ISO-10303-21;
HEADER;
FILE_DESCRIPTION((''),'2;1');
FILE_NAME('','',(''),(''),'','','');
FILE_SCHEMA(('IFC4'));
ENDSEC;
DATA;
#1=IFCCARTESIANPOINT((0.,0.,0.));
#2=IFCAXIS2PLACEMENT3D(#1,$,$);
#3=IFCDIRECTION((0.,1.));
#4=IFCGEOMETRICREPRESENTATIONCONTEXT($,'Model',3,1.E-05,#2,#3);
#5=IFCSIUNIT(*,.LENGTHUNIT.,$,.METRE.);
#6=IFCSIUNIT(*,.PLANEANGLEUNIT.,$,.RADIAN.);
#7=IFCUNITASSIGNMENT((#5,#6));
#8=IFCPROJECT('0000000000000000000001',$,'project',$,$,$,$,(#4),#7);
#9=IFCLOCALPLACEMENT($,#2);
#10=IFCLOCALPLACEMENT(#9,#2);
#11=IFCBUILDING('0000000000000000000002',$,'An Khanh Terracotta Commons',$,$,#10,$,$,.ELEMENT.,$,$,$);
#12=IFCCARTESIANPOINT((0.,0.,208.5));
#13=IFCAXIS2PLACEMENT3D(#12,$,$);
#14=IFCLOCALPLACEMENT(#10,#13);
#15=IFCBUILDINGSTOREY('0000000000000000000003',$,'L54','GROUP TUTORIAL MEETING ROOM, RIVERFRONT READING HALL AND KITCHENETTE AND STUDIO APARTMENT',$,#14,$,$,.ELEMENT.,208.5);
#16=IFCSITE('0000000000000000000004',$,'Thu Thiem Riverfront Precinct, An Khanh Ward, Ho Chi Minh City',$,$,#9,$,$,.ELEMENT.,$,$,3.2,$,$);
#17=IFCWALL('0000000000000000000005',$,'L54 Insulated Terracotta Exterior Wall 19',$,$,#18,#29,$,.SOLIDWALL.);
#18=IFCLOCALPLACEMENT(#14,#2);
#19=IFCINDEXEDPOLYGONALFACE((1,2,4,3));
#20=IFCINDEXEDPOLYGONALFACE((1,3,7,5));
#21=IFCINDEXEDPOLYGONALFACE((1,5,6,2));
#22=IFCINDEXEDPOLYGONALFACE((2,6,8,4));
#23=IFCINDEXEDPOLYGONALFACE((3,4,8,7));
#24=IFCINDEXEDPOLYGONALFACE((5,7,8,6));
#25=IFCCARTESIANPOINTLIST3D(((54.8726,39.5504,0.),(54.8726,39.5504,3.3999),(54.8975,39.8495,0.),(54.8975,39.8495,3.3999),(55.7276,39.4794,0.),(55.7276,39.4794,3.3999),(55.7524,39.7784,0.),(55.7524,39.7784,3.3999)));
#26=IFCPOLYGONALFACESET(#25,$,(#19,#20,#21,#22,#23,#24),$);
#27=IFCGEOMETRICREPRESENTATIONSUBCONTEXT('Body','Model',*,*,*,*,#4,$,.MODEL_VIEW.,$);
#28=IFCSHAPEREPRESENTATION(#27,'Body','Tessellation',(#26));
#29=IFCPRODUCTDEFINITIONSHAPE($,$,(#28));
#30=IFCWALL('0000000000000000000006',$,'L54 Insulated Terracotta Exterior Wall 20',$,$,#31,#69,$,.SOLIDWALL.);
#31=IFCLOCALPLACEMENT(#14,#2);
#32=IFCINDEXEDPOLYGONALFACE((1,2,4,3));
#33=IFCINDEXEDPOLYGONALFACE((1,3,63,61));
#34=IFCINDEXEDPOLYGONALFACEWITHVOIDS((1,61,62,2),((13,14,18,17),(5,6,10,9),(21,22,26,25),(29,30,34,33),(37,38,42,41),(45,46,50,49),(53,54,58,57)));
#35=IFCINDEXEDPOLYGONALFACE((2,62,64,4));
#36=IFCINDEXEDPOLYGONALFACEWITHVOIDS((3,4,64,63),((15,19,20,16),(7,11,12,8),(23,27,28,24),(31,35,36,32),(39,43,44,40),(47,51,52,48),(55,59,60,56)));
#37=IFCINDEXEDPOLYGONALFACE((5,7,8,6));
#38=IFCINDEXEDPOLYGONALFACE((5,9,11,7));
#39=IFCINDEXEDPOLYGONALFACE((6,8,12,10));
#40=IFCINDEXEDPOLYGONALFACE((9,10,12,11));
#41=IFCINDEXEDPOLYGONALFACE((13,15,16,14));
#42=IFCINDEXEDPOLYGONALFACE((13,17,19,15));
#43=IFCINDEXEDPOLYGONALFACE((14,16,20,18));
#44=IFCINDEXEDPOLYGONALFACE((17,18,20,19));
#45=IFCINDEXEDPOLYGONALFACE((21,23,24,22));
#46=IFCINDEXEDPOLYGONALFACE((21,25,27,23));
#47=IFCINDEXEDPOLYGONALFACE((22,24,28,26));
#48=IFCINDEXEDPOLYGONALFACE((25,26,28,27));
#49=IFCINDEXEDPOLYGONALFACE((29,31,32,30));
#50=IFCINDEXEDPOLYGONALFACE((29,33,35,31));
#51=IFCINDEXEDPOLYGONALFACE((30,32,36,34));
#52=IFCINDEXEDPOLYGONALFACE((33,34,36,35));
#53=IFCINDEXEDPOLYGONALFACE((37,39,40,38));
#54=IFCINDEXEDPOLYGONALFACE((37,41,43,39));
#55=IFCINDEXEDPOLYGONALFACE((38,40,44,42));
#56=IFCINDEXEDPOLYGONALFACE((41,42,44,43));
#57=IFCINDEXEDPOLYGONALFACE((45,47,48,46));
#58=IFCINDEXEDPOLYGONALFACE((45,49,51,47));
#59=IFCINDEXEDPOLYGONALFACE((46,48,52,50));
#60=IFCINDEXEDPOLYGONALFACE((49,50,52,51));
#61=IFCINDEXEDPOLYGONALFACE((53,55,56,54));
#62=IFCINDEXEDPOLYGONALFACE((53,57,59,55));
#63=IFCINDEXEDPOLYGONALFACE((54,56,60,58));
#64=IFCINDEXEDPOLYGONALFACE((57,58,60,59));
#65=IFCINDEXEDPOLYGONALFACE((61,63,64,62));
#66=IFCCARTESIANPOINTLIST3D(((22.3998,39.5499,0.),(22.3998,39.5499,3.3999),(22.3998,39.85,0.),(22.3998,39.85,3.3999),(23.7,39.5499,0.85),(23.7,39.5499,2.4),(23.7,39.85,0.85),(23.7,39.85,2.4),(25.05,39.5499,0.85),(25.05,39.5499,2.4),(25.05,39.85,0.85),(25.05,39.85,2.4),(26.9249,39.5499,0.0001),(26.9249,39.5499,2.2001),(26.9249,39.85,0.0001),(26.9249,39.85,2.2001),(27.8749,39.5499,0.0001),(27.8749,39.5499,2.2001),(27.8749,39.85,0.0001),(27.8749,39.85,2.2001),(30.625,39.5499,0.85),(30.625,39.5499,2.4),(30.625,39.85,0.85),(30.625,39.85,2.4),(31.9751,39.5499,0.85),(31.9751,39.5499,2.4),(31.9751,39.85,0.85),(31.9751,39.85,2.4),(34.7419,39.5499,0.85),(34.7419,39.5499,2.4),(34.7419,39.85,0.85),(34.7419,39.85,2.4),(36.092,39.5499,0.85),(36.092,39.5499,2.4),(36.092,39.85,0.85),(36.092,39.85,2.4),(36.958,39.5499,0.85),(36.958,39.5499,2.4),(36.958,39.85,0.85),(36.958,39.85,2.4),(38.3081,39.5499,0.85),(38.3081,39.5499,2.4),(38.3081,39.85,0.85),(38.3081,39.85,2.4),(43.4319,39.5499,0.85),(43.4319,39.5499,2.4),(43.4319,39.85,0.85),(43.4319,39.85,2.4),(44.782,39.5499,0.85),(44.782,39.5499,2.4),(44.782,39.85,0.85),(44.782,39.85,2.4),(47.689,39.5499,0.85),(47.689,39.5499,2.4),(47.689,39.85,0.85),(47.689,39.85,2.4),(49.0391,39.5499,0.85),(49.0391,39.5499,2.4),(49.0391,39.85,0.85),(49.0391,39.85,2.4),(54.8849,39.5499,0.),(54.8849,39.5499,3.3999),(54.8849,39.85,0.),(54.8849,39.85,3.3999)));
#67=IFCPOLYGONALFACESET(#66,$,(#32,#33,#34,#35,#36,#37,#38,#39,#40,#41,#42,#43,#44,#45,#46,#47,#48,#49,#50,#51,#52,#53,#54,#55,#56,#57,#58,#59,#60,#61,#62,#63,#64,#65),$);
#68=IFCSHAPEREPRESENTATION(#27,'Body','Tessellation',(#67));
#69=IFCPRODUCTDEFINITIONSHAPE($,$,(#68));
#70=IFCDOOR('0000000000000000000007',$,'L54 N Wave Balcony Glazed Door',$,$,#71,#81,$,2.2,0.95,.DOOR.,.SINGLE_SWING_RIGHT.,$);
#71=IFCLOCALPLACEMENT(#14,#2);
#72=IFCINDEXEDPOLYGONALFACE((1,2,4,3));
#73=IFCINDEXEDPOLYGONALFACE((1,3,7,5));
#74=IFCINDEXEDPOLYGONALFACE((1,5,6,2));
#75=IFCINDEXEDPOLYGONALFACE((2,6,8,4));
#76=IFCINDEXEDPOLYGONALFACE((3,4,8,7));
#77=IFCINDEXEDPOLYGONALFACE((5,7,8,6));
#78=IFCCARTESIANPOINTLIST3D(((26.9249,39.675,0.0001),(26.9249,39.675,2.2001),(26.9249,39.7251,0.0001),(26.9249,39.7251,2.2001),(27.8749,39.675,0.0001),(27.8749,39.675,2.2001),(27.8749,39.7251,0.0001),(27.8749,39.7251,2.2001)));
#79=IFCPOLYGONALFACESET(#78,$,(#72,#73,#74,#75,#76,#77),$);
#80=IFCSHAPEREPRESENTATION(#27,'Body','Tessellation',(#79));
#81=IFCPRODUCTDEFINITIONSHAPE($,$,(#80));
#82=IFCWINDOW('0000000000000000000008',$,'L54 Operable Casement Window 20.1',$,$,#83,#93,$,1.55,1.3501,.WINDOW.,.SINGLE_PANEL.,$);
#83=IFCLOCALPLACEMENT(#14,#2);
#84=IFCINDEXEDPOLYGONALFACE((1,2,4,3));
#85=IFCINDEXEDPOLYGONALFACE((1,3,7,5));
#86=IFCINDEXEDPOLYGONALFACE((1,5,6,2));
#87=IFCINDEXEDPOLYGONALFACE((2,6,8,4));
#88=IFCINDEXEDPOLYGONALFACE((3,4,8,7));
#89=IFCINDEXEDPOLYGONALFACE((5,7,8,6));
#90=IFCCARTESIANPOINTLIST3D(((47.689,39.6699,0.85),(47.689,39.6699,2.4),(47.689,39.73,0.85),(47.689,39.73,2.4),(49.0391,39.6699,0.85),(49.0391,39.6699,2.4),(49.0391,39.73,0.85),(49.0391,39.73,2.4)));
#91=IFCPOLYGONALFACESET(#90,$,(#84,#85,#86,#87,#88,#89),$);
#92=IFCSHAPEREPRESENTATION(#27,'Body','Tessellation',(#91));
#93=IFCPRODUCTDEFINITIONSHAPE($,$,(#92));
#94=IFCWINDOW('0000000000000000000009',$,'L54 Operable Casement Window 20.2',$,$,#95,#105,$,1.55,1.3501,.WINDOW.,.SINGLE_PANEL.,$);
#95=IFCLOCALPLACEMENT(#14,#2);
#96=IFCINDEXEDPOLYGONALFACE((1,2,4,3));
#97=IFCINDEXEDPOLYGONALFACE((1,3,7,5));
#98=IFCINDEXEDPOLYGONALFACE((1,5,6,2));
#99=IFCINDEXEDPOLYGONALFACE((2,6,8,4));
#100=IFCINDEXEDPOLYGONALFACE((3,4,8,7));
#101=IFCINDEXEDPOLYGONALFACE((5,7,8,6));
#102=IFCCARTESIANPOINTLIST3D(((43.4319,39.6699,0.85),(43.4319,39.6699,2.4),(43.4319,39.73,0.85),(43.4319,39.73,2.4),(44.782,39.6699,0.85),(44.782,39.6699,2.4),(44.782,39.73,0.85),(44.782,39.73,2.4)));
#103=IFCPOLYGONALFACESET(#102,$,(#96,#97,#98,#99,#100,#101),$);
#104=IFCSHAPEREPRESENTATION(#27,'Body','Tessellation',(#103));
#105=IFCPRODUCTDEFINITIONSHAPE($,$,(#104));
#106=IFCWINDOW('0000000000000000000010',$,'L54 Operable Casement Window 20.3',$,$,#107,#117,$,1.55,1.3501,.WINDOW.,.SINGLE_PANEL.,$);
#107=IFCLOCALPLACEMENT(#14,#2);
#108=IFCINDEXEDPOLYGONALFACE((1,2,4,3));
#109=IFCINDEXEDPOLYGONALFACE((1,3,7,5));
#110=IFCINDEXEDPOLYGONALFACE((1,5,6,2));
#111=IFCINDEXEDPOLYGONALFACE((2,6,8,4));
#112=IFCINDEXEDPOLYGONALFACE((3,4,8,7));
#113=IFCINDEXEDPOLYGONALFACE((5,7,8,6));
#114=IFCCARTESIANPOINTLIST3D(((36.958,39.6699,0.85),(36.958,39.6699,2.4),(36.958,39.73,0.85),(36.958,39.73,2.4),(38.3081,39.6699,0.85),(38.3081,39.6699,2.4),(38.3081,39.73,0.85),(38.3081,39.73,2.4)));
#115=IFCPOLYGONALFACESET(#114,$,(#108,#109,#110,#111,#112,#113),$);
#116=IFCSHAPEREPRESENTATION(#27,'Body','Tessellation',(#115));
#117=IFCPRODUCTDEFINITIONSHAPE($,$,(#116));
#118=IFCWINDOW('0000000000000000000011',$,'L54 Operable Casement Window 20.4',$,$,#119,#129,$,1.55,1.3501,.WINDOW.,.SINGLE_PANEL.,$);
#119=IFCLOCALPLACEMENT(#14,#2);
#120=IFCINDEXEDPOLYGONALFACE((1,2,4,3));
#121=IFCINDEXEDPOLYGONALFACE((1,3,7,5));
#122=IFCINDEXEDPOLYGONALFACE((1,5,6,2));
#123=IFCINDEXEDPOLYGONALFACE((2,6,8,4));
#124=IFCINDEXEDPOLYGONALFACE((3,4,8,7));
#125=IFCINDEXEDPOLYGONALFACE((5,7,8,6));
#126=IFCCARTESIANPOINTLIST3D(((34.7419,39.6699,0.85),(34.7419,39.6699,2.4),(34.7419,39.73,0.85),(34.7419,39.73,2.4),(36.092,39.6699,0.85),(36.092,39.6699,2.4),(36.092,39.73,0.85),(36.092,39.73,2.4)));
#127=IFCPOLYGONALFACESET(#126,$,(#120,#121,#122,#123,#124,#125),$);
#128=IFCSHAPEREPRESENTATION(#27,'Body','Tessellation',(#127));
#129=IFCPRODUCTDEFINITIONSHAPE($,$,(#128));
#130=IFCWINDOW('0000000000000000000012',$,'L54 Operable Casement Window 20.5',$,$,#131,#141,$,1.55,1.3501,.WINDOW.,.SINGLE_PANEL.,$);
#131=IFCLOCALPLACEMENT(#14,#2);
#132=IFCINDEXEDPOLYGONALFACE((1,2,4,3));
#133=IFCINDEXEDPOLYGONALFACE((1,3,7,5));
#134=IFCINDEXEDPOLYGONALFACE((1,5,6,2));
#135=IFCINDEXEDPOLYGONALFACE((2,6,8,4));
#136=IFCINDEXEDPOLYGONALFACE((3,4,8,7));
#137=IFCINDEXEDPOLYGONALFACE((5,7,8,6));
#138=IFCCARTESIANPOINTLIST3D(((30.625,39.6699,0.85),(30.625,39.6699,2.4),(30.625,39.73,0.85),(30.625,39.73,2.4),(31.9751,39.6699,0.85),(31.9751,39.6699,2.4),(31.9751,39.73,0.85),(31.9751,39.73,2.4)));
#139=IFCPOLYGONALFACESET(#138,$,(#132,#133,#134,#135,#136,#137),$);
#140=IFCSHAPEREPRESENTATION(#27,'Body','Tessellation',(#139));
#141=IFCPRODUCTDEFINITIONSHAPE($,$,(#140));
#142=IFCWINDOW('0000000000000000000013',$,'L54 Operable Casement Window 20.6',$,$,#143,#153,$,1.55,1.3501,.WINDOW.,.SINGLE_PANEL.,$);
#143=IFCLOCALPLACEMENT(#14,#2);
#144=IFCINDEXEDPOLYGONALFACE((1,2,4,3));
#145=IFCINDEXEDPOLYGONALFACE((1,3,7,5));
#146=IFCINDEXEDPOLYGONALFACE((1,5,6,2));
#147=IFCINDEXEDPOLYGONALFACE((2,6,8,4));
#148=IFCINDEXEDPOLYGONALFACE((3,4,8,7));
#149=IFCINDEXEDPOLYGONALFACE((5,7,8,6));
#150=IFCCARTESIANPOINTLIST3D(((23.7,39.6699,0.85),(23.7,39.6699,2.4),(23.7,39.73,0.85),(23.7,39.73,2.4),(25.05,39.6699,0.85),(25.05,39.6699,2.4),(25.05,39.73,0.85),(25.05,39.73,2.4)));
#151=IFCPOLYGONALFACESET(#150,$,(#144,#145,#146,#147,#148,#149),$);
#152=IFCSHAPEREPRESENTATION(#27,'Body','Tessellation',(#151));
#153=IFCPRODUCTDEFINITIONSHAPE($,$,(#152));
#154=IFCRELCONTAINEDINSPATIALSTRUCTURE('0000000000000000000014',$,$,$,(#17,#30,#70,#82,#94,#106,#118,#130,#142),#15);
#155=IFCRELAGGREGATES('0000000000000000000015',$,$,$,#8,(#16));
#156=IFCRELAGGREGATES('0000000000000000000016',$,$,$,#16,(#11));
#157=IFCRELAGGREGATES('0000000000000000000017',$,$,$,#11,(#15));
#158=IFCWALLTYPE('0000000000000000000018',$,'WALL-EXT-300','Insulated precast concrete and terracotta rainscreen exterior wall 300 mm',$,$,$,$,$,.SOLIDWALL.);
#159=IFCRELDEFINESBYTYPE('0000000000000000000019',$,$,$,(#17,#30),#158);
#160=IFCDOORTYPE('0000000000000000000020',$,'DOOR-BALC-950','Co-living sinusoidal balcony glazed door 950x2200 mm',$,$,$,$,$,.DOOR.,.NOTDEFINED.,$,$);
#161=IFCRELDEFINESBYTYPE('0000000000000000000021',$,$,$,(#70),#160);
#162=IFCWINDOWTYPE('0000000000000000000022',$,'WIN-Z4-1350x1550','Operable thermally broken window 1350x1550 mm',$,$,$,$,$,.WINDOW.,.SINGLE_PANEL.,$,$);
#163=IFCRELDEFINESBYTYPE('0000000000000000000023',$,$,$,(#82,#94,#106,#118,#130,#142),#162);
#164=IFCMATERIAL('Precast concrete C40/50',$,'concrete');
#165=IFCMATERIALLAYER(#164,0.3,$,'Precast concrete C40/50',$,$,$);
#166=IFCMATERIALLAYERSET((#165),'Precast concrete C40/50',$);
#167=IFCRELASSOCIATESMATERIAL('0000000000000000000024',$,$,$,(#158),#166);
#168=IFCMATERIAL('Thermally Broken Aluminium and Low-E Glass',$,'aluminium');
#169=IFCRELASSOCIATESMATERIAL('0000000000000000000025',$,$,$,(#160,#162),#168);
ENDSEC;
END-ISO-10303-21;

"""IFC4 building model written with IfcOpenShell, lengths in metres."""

from ifc_helpers import new_model, si_unit, direction, frame, frame_2d, origin, place, context, subcontext, project, spatial, rectangle, extrude, material, layer, layer_set, type_object, element, fill, save


model = new_model("IFC4")

# Units and contexts
model_context = context("Model", 3, precision=1e-05, world=origin(), true_north=direction((0.0, 1.0)))
body_context = subcontext(model_context, "Body", "Model", "MODEL_VIEW")
ifc_project = project(units=[si_unit("LENGTHUNIT", "METRE"), si_unit("PLANEANGLEUNIT", "RADIAN")], contexts=[model_context])

# Site, building, storey
site_placement = place(None, origin())
site = spatial("IfcSite", under=ifc_project, at=site_placement, Name="Thu Thiem Riverfront Precinct, An Khanh Ward, Ho Chi Minh City", CompositionType="ELEMENT", RefElevation=3.2)
building_placement = place(site_placement, origin())
building = spatial("IfcBuilding", under=site, at=building_placement, Name="An Khanh Terracotta Commons", CompositionType="ELEMENT")
storey_placement = place(building_placement, frame((0.0, 0.0, 208.5)))
storey = spatial("IfcBuildingStorey", under=building, at=storey_placement, Name="L54", Description="GROUP TUTORIAL MEETING ROOM, RIVERFRONT READING HALL AND KITCHENETTE AND STUDIO APARTMENT", CompositionType="ELEMENT", Elevation=208.5)

# Wall
ifc_material_1 = material(Name="Precast concrete C40/50", Category="concrete")
ifc_layer_1 = layer(ifc_material_1, 0.3, Name="Precast concrete C40/50")
ifc_layer_set_1 = layer_set([ifc_layer_1], Name="Precast concrete C40/50")
wall_type = type_object("IfcWallType", Name="WALL-EXT-300", Description="Insulated precast concrete and terracotta rainscreen exterior wall 300 mm", PredefinedType="SOLIDWALL", material=ifc_layer_set_1)
wall_1_placement = place(storey_placement, frame((55.74, 39.6289, 0.0), z_axis=(0.0, 0.0, 1.0), x_axis=(-0.996565, 0.08281, 0.0)))
element("IfcWall", 1, at=wall_1_placement, inside=storey, type_object=wall_type, Name="L54 Insulated Terracotta Exterior Wall 19", PredefinedType="SOLIDWALL", context=body_context, shape_type="SweptSolid", body=[
    extrude(rectangle(XDim=0.8579, YDim=0.3, at=frame_2d((0.429, 0.0))), origin(), (0.0, 0.0, 1.0), 3.3999),
])

# Wall, openings, door, windows
wall_2_placement = place(storey_placement, frame((54.885, 39.7, 0.0), z_axis=(0.0, 0.0, 1.0), x_axis=(-1.0, 0.0, 0.0)))
wall_2 = element("IfcWall", 2, at=wall_2_placement, inside=storey, type_object=wall_type, Name="L54 Insulated Terracotta Exterior Wall 20", PredefinedType="SOLIDWALL", context=body_context, shape_type="SweptSolid", body=[
    extrude(rectangle(XDim=32.4851, YDim=0.3, at=frame_2d((16.2427, 0.0))), origin(), (0.0, 0.0, 1.0), 3.3999),
])
opening_1_placement = place(wall_2_placement, frame((27.01, 0.0, 0.0)))
opening_1 = element("IfcOpeningElement", 3, at=opening_1_placement, cuts=wall_2, PredefinedType="OPENING", context=body_context, shape_type="SweptSolid", body=[
    extrude(rectangle(XDim=0.95, YDim=2.2, at=frame_2d((0.4751, 1.1001))), frame((0.0, 0.1599, 0.0), z_axis=(0.0, -1.0, 0.0), x_axis=(1.0, 0.0, 0.0)), (0.0, 0.0, 1.0), 0.3201),
])
opening_2_placement = place(wall_2_placement, frame((5.8459, 0.0, 0.8501)))
opening_2 = element("IfcOpeningElement", 4, at=opening_2_placement, cuts=wall_2, PredefinedType="OPENING", context=body_context, shape_type="SweptSolid", body=[
    extrude(rectangle(XDim=1.3501, YDim=1.55, at=frame_2d((0.675, 0.7749))), frame((0.0, 0.1599, 0.0), z_axis=(0.0, -1.0, 0.0), x_axis=(1.0, 0.0, 0.0)), (0.0, 0.0, 1.0), 0.3201),
])
opening_3_placement = place(wall_2_placement, frame((10.103, 0.0, 0.8501)))
opening_3 = element("IfcOpeningElement", 5, at=opening_3_placement, cuts=wall_2, PredefinedType="OPENING", context=body_context, shape_type="SweptSolid", body=[
    extrude(rectangle(XDim=1.3501, YDim=1.55, at=frame_2d((0.675, 0.7749))), frame((0.0, 0.1599, 0.0), z_axis=(0.0, -1.0, 0.0), x_axis=(1.0, 0.0, 0.0)), (0.0, 0.0, 1.0), 0.3201),
])
opening_4_placement = place(wall_2_placement, frame((16.5769, 0.0, 0.8501)))
opening_4 = element("IfcOpeningElement", 6, at=opening_4_placement, cuts=wall_2, PredefinedType="OPENING", context=body_context, shape_type="SweptSolid", body=[
    extrude(rectangle(XDim=1.3501, YDim=1.55, at=frame_2d((0.675, 0.7749))), frame((0.0, 0.1599, 0.0), z_axis=(0.0, -1.0, 0.0), x_axis=(1.0, 0.0, 0.0)), (0.0, 0.0, 1.0), 0.3201),
])
opening_5_placement = place(wall_2_placement, frame((18.793, 0.0, 0.8501)))
opening_5 = element("IfcOpeningElement", 7, at=opening_5_placement, cuts=wall_2, PredefinedType="OPENING", context=body_context, shape_type="SweptSolid", body=[
    extrude(rectangle(XDim=1.3501, YDim=1.55, at=frame_2d((0.675, 0.7749))), frame((0.0, 0.1599, 0.0), z_axis=(0.0, -1.0, 0.0), x_axis=(1.0, 0.0, 0.0)), (0.0, 0.0, 1.0), 0.3201),
])
opening_6_placement = place(wall_2_placement, frame((22.9099, 0.0, 0.8501)))
opening_6 = element("IfcOpeningElement", 8, at=opening_6_placement, cuts=wall_2, PredefinedType="OPENING", context=body_context, shape_type="SweptSolid", body=[
    extrude(rectangle(XDim=1.3501, YDim=1.55, at=frame_2d((0.675, 0.7749))), frame((0.0, 0.1599, 0.0), z_axis=(0.0, -1.0, 0.0), x_axis=(1.0, 0.0, 0.0)), (0.0, 0.0, 1.0), 0.3201),
])
opening_7_placement = place(wall_2_placement, frame((29.835, 0.0, 0.8501)))
opening_7 = element("IfcOpeningElement", 9, at=opening_7_placement, cuts=wall_2, PredefinedType="OPENING", context=body_context, shape_type="SweptSolid", body=[
    extrude(rectangle(XDim=1.3501, YDim=1.55, at=frame_2d((0.675, 0.7749))), frame((0.0, 0.1599, 0.0), z_axis=(0.0, -1.0, 0.0), x_axis=(1.0, 0.0, 0.0)), (0.0, 0.0, 1.0), 0.3201),
])
ifc_material_2 = material(Name="Thermally Broken Aluminium and Low-E Glass", Category="aluminium")
door_type = type_object("IfcDoorType", Name="DOOR-BALC-950", Description="Co-living sinusoidal balcony glazed door 950x2200 mm", OperationType="NOTDEFINED", PredefinedType="DOOR", material=ifc_material_2)
door_placement = place(opening_1_placement, origin())
door = element("IfcDoor", 10, at=door_placement, inside=storey, type_object=door_type, Name="L54 N Wave Balcony Glazed Door", OperationType="SINGLE_SWING_RIGHT", OverallHeight=2.2, OverallWidth=0.95, PredefinedType="DOOR", context=body_context, shape_type="SweptSolid", body=[
    extrude(rectangle(XDim=0.95, YDim=2.2, at=frame_2d((0.4751, 1.1001))), frame((0.0, 0.0249, 0.0), z_axis=(0.0, -1.0, 0.0), x_axis=(1.0, 0.0, 0.0)), (0.0, 0.0, 1.0), 0.05),
])
fill(opening_1, door)
window_type = type_object("IfcWindowType", Name="WIN-Z4-1350x1550", Description="Operable thermally broken window 1350x1550 mm", PartitioningType="SINGLE_PANEL", PredefinedType="WINDOW", material=ifc_material_2)
window_1_placement = place(opening_2_placement, origin())
window_1 = element("IfcWindow", 11, at=window_1_placement, inside=storey, type_object=window_type, Name="L54 Operable Casement Window 20.1", OverallHeight=1.55, OverallWidth=1.3501, PartitioningType="SINGLE_PANEL", PredefinedType="WINDOW", context=body_context, shape_type="SweptSolid", body=[
    extrude(rectangle(XDim=1.3501, YDim=1.55, at=frame_2d((0.675, 0.7749))), frame((0.0, 0.03, 0.0), z_axis=(0.0, -1.0, 0.0), x_axis=(1.0, 0.0, 0.0)), (0.0, 0.0, 1.0), 0.0601),
])
fill(opening_2, window_1)
window_2_placement = place(opening_3_placement, origin())
window_2 = element("IfcWindow", 12, at=window_2_placement, inside=storey, type_object=window_type, Name="L54 Operable Casement Window 20.2", OverallHeight=1.55, OverallWidth=1.3501, PartitioningType="SINGLE_PANEL", PredefinedType="WINDOW", context=body_context, shape_type="SweptSolid", body=[
    extrude(rectangle(XDim=1.3501, YDim=1.55, at=frame_2d((0.675, 0.7749))), frame((0.0, 0.03, 0.0), z_axis=(0.0, -1.0, 0.0), x_axis=(1.0, 0.0, 0.0)), (0.0, 0.0, 1.0), 0.0601),
])
fill(opening_3, window_2)
window_3_placement = place(opening_4_placement, origin())
window_3 = element("IfcWindow", 13, at=window_3_placement, inside=storey, type_object=window_type, Name="L54 Operable Casement Window 20.3", OverallHeight=1.55, OverallWidth=1.3501, PartitioningType="SINGLE_PANEL", PredefinedType="WINDOW", context=body_context, shape_type="SweptSolid", body=[
    extrude(rectangle(XDim=1.3501, YDim=1.55, at=frame_2d((0.675, 0.7749))), frame((0.0, 0.03, 0.0), z_axis=(0.0, -1.0, 0.0), x_axis=(1.0, 0.0, 0.0)), (0.0, 0.0, 1.0), 0.0601),
])
fill(opening_4, window_3)
window_4_placement = place(opening_5_placement, origin())
window_4 = element("IfcWindow", 14, at=window_4_placement, inside=storey, type_object=window_type, Name="L54 Operable Casement Window 20.4", OverallHeight=1.55, OverallWidth=1.3501, PartitioningType="SINGLE_PANEL", PredefinedType="WINDOW", context=body_context, shape_type="SweptSolid", body=[
    extrude(rectangle(XDim=1.3501, YDim=1.55, at=frame_2d((0.675, 0.7749))), frame((0.0, 0.03, 0.0), z_axis=(0.0, -1.0, 0.0), x_axis=(1.0, 0.0, 0.0)), (0.0, 0.0, 1.0), 0.0601),
])
fill(opening_5, window_4)
window_5_placement = place(opening_6_placement, origin())
window_5 = element("IfcWindow", 15, at=window_5_placement, inside=storey, type_object=window_type, Name="L54 Operable Casement Window 20.5", OverallHeight=1.55, OverallWidth=1.3501, PartitioningType="SINGLE_PANEL", PredefinedType="WINDOW", context=body_context, shape_type="SweptSolid", body=[
    extrude(rectangle(XDim=1.3501, YDim=1.55, at=frame_2d((0.675, 0.7749))), frame((0.0, 0.03, 0.0), z_axis=(0.0, -1.0, 0.0), x_axis=(1.0, 0.0, 0.0)), (0.0, 0.0, 1.0), 0.0601),
])
fill(opening_6, window_5)
window_6_placement = place(opening_7_placement, origin())
window_6 = element("IfcWindow", 16, at=window_6_placement, inside=storey, type_object=window_type, Name="L54 Operable Casement Window 20.6", OverallHeight=1.55, OverallWidth=1.3501, PartitioningType="SINGLE_PANEL", PredefinedType="WINDOW", context=body_context, shape_type="SweptSolid", body=[
    extrude(rectangle(XDim=1.3501, YDim=1.55, at=frame_2d((0.675, 0.7749))), frame((0.0, 0.03, 0.0), z_axis=(0.0, -1.0, 0.0), x_axis=(1.0, 0.0, 0.0)), (0.0, 0.0, 1.0), 0.0601),
])
fill(opening_7, window_6)

save(model, "model.ifc")
